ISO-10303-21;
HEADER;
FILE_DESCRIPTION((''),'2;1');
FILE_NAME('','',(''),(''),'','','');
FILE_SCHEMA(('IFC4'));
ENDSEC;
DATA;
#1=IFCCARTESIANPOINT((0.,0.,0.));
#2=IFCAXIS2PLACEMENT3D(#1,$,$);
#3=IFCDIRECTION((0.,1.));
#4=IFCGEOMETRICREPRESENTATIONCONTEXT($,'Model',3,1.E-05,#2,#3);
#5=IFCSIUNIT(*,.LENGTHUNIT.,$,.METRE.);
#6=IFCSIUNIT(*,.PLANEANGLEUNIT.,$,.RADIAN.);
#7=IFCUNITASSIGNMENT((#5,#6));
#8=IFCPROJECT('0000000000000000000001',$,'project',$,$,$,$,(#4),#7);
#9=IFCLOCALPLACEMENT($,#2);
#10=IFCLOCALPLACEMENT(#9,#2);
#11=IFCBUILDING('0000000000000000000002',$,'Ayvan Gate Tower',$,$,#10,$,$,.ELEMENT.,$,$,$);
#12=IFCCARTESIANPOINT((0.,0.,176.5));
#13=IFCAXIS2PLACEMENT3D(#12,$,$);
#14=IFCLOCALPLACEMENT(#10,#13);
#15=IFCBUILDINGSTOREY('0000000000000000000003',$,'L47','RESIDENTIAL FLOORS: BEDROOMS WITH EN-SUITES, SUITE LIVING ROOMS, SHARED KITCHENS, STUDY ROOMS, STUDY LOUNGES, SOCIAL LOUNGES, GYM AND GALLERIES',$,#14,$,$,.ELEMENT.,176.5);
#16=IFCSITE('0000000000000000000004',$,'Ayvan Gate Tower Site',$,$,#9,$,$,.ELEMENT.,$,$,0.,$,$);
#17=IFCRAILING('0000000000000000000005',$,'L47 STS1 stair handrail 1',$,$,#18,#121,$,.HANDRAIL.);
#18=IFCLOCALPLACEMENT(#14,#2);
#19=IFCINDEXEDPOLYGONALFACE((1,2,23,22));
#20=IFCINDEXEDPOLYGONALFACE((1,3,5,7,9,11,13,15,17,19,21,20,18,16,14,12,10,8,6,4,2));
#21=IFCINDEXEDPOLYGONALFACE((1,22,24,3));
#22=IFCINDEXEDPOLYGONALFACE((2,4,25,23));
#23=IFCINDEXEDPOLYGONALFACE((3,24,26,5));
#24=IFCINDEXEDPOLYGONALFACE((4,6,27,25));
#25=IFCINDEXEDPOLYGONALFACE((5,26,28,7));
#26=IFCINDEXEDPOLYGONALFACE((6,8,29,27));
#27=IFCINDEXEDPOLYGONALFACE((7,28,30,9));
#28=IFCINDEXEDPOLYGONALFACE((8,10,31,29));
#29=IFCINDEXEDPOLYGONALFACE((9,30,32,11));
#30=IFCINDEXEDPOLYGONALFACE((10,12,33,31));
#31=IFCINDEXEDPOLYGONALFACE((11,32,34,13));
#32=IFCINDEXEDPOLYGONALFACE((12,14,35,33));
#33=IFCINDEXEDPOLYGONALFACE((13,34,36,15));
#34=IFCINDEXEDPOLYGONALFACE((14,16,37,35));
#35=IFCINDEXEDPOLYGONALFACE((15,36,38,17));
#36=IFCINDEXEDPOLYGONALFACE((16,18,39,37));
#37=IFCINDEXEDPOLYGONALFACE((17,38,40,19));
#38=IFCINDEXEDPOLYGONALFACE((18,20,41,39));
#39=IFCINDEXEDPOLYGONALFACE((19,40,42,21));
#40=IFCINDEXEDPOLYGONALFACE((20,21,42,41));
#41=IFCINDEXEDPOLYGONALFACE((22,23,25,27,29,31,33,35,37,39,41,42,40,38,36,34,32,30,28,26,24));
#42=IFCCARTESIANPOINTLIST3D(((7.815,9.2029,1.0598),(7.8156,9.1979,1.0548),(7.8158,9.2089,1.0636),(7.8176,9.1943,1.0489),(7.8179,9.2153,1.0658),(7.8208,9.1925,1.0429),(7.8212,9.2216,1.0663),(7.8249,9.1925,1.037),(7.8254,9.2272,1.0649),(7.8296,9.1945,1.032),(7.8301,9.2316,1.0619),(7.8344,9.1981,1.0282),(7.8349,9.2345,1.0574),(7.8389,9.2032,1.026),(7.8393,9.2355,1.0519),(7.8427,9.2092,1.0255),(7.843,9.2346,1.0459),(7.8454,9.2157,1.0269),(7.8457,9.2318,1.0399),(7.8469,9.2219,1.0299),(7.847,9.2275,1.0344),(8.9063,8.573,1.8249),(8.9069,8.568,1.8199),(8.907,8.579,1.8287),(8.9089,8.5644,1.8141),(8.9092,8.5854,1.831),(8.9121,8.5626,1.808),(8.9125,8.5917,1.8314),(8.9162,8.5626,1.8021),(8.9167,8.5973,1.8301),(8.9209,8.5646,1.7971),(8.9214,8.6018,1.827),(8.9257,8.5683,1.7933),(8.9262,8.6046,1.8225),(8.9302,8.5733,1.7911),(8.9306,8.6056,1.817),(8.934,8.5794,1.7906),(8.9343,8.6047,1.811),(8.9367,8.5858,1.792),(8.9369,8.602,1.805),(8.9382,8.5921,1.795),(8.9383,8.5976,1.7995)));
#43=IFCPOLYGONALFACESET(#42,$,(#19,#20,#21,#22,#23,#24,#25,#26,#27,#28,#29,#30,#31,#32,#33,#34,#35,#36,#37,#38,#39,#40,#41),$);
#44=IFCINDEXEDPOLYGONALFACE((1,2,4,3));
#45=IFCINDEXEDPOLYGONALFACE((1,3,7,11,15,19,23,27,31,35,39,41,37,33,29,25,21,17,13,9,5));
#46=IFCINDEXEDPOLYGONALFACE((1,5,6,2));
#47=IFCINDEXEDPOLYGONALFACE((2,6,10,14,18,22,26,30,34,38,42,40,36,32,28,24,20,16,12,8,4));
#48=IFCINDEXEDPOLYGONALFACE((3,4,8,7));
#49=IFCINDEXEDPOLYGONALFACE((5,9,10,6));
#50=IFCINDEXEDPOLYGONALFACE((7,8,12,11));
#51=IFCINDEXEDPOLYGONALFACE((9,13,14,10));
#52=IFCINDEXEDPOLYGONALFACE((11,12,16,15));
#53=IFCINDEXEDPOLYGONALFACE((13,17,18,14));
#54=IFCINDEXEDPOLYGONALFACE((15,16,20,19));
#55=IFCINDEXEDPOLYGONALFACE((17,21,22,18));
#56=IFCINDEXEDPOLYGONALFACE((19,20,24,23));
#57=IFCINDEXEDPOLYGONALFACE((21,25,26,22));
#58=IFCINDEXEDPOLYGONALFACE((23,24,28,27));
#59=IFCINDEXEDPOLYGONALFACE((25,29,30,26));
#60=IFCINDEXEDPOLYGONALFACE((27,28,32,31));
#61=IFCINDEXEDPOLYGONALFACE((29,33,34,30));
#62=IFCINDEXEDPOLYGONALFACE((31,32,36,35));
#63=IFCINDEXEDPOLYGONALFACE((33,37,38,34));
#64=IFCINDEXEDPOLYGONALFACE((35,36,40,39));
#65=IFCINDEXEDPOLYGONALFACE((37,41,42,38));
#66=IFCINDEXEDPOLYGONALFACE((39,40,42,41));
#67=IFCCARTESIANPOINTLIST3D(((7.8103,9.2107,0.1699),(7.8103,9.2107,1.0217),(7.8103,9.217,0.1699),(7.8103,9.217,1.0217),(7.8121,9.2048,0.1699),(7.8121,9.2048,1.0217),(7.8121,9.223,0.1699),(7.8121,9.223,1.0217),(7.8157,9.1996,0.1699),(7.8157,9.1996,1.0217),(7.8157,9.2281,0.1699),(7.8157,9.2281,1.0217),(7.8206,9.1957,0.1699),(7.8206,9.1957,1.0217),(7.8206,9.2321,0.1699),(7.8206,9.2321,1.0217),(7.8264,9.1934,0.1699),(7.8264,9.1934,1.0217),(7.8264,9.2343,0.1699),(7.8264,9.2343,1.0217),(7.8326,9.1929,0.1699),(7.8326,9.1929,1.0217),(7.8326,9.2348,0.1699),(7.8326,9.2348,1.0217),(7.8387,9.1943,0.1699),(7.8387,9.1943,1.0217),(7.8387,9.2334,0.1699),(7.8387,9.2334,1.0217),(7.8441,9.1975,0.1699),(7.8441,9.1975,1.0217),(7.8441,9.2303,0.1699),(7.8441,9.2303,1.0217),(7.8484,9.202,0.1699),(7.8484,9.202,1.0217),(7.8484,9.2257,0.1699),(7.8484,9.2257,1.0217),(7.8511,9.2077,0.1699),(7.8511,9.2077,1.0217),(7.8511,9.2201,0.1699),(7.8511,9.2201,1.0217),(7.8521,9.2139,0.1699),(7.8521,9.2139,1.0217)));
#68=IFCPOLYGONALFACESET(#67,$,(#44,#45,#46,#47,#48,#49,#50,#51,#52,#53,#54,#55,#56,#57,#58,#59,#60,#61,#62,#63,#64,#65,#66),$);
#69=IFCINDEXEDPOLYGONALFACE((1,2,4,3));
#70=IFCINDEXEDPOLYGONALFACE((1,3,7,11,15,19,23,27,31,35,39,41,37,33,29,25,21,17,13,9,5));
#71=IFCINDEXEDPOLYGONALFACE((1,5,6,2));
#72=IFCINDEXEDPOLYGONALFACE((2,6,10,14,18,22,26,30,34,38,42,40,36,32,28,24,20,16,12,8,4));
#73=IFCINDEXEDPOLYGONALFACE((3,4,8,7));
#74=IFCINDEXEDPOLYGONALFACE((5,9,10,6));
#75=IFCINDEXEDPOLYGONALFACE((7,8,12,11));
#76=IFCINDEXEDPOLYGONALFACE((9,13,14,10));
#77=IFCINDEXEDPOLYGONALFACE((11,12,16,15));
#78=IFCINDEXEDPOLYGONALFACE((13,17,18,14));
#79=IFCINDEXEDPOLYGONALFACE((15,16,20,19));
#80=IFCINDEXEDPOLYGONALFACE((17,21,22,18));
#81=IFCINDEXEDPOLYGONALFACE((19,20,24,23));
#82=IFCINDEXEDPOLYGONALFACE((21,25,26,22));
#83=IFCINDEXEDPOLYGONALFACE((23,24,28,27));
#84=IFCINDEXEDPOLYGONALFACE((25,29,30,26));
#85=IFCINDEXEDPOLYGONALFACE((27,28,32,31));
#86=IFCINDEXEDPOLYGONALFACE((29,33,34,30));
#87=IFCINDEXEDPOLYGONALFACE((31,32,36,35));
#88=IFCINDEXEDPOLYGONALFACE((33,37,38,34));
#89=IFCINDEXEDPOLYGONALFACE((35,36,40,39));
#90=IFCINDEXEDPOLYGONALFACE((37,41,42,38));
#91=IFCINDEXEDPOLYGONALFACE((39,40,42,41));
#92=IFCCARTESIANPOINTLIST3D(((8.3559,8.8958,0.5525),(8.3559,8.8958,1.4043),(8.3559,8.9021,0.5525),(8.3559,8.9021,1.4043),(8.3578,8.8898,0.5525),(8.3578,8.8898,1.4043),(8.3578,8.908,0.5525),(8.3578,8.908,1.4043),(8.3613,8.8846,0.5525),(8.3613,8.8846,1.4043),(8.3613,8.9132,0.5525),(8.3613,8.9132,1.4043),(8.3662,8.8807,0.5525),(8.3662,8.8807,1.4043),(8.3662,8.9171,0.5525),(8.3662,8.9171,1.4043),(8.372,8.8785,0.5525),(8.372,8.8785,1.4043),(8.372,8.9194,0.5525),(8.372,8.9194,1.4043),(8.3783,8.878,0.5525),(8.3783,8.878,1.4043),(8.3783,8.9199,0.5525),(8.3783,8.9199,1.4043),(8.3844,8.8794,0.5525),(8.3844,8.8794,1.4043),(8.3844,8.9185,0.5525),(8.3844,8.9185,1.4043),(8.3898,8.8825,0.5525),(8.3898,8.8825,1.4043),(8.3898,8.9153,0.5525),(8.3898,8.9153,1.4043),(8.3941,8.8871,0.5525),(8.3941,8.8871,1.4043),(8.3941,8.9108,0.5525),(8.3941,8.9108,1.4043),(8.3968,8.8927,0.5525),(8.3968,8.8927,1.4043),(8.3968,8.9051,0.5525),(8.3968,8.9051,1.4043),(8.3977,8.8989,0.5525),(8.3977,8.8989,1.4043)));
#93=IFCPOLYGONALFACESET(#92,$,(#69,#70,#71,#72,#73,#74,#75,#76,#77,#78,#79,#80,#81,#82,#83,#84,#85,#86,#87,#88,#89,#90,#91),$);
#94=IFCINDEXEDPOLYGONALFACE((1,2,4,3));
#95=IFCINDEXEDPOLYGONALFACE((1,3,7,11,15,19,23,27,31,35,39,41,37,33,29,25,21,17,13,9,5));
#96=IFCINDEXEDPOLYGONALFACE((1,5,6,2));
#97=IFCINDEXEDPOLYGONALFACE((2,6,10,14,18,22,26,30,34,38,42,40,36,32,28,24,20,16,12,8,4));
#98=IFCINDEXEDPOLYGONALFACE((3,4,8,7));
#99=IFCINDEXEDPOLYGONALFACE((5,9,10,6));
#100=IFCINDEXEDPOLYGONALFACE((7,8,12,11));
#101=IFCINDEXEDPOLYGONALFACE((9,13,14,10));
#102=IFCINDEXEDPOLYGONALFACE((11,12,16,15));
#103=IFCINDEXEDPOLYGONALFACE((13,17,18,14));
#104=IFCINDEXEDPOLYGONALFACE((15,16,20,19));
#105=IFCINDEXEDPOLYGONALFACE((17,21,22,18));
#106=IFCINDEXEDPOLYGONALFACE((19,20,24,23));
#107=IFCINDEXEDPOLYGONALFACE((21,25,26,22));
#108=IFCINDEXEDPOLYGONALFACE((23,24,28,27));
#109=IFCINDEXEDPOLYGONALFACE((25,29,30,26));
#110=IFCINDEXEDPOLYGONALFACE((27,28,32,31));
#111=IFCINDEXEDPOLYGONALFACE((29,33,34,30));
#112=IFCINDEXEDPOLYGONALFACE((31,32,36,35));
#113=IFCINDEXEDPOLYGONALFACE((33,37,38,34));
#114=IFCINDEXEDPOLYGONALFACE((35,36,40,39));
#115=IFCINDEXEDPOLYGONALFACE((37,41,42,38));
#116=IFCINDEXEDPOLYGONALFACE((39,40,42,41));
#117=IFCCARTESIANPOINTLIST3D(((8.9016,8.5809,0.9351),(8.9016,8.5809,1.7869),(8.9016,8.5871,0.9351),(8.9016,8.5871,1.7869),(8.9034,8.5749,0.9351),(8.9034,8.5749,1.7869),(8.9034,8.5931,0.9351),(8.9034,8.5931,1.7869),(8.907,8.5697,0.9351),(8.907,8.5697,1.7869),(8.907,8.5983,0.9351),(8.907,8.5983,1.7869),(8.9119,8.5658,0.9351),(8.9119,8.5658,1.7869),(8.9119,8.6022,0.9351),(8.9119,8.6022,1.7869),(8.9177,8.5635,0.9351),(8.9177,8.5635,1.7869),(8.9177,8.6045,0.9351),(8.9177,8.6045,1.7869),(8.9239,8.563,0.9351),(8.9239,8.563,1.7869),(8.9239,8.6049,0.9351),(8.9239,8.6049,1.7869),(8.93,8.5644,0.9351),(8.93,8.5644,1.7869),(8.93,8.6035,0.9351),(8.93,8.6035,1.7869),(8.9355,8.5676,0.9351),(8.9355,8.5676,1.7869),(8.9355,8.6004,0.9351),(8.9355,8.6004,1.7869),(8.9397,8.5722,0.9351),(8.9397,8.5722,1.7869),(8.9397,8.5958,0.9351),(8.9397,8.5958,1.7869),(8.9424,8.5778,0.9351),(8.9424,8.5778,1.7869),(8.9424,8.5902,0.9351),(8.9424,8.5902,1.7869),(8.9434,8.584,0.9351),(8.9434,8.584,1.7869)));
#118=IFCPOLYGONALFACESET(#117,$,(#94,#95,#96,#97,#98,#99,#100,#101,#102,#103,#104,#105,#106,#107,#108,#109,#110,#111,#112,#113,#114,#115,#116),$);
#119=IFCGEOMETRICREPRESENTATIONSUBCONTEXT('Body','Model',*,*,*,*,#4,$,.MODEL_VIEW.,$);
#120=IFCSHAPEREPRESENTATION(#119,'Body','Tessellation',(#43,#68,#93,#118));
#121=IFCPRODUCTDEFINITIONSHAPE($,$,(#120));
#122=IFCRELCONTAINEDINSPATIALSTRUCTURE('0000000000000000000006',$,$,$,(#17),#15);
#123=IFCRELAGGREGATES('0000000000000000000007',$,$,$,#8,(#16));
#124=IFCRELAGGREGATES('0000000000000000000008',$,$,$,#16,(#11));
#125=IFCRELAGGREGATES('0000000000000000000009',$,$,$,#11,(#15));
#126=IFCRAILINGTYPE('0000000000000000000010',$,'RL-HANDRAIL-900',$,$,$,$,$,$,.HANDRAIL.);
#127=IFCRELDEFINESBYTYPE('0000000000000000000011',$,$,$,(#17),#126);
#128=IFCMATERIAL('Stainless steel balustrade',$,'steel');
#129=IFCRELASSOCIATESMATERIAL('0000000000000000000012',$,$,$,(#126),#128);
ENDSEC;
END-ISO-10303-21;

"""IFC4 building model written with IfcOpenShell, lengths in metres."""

from ifc_helpers import new_model, si_unit, direction, frame, origin, origin_2d, place, context, subcontext, project, spatial, circle, extrude, material, type_object, element, save


model = new_model("IFC4")

# Units and contexts
model_context = context("Model", 3, precision=1e-05, world=origin(), true_north=direction((0.0, 1.0)))
body_context = subcontext(model_context, "Body", "Model", "MODEL_VIEW")
ifc_project = project(units=[si_unit("LENGTHUNIT", "METRE"), si_unit("PLANEANGLEUNIT", "RADIAN")], contexts=[model_context])

# Site, building, storey
site_placement = place(None, origin())
site = spatial("IfcSite", under=ifc_project, at=site_placement, Name="Ayvan Gate Tower Site", CompositionType="ELEMENT", RefElevation=0.0)
building_placement = place(site_placement, origin())
building = spatial("IfcBuilding", under=site, at=building_placement, Name="Ayvan Gate Tower", CompositionType="ELEMENT")
storey_placement = place(building_placement, frame((0.0, 0.0, 176.5)))
storey = spatial("IfcBuildingStorey", under=building, at=storey_placement, Name="L47", Description="RESIDENTIAL FLOORS: BEDROOMS WITH EN-SUITES, SUITE LIVING ROOMS, SHARED KITCHENS, STUDY ROOMS, STUDY LOUNGES, SOCIAL LOUNGES, GYM AND GALLERIES", CompositionType="ELEMENT", Elevation=176.5)

# Railing
ifc_material_1 = material(Name="Stainless steel balustrade", Category="steel")
railing_type_1 = type_object("IfcRailingType", Name="RL-HANDRAIL-900", PredefinedType="HANDRAIL", material=ifc_material_1)
railing_1_placement = place(storey_placement, frame((7.8311, 9.2139, 0.1699)))
element("IfcRailing", 1, at=railing_1_placement, inside=storey, type_object=railing_type_1, Name="L47 STS1 stair handrail 1", PredefinedType="HANDRAIL", context=body_context, shape_type="SweptSolid", body=[
    extrude(circle(Radius=0.0239, at=origin_2d()), frame((0.0, 0.0, 0.876), z_axis=(0.740293, -0.427283, 0.519033), x_axis=(0.49989, 0.866089, 0.0)), (0.0, 0.0, 1.0), 1.4741),
    extrude(circle(Radius=0.021, at=origin_2d()), origin(), (0.0, 0.0, 1.0), 0.8518),
    extrude(circle(Radius=0.021, at=origin_2d()), frame((0.5457, -0.3149, 0.3826)), (0.0, 0.0, 1.0), 0.8518),
    extrude(circle(Radius=0.021, at=origin_2d()), frame((1.0913, -0.6299, 0.7651)), (0.0, 0.0, 1.0), 0.8518),
])

save(model, "model.ifc")
